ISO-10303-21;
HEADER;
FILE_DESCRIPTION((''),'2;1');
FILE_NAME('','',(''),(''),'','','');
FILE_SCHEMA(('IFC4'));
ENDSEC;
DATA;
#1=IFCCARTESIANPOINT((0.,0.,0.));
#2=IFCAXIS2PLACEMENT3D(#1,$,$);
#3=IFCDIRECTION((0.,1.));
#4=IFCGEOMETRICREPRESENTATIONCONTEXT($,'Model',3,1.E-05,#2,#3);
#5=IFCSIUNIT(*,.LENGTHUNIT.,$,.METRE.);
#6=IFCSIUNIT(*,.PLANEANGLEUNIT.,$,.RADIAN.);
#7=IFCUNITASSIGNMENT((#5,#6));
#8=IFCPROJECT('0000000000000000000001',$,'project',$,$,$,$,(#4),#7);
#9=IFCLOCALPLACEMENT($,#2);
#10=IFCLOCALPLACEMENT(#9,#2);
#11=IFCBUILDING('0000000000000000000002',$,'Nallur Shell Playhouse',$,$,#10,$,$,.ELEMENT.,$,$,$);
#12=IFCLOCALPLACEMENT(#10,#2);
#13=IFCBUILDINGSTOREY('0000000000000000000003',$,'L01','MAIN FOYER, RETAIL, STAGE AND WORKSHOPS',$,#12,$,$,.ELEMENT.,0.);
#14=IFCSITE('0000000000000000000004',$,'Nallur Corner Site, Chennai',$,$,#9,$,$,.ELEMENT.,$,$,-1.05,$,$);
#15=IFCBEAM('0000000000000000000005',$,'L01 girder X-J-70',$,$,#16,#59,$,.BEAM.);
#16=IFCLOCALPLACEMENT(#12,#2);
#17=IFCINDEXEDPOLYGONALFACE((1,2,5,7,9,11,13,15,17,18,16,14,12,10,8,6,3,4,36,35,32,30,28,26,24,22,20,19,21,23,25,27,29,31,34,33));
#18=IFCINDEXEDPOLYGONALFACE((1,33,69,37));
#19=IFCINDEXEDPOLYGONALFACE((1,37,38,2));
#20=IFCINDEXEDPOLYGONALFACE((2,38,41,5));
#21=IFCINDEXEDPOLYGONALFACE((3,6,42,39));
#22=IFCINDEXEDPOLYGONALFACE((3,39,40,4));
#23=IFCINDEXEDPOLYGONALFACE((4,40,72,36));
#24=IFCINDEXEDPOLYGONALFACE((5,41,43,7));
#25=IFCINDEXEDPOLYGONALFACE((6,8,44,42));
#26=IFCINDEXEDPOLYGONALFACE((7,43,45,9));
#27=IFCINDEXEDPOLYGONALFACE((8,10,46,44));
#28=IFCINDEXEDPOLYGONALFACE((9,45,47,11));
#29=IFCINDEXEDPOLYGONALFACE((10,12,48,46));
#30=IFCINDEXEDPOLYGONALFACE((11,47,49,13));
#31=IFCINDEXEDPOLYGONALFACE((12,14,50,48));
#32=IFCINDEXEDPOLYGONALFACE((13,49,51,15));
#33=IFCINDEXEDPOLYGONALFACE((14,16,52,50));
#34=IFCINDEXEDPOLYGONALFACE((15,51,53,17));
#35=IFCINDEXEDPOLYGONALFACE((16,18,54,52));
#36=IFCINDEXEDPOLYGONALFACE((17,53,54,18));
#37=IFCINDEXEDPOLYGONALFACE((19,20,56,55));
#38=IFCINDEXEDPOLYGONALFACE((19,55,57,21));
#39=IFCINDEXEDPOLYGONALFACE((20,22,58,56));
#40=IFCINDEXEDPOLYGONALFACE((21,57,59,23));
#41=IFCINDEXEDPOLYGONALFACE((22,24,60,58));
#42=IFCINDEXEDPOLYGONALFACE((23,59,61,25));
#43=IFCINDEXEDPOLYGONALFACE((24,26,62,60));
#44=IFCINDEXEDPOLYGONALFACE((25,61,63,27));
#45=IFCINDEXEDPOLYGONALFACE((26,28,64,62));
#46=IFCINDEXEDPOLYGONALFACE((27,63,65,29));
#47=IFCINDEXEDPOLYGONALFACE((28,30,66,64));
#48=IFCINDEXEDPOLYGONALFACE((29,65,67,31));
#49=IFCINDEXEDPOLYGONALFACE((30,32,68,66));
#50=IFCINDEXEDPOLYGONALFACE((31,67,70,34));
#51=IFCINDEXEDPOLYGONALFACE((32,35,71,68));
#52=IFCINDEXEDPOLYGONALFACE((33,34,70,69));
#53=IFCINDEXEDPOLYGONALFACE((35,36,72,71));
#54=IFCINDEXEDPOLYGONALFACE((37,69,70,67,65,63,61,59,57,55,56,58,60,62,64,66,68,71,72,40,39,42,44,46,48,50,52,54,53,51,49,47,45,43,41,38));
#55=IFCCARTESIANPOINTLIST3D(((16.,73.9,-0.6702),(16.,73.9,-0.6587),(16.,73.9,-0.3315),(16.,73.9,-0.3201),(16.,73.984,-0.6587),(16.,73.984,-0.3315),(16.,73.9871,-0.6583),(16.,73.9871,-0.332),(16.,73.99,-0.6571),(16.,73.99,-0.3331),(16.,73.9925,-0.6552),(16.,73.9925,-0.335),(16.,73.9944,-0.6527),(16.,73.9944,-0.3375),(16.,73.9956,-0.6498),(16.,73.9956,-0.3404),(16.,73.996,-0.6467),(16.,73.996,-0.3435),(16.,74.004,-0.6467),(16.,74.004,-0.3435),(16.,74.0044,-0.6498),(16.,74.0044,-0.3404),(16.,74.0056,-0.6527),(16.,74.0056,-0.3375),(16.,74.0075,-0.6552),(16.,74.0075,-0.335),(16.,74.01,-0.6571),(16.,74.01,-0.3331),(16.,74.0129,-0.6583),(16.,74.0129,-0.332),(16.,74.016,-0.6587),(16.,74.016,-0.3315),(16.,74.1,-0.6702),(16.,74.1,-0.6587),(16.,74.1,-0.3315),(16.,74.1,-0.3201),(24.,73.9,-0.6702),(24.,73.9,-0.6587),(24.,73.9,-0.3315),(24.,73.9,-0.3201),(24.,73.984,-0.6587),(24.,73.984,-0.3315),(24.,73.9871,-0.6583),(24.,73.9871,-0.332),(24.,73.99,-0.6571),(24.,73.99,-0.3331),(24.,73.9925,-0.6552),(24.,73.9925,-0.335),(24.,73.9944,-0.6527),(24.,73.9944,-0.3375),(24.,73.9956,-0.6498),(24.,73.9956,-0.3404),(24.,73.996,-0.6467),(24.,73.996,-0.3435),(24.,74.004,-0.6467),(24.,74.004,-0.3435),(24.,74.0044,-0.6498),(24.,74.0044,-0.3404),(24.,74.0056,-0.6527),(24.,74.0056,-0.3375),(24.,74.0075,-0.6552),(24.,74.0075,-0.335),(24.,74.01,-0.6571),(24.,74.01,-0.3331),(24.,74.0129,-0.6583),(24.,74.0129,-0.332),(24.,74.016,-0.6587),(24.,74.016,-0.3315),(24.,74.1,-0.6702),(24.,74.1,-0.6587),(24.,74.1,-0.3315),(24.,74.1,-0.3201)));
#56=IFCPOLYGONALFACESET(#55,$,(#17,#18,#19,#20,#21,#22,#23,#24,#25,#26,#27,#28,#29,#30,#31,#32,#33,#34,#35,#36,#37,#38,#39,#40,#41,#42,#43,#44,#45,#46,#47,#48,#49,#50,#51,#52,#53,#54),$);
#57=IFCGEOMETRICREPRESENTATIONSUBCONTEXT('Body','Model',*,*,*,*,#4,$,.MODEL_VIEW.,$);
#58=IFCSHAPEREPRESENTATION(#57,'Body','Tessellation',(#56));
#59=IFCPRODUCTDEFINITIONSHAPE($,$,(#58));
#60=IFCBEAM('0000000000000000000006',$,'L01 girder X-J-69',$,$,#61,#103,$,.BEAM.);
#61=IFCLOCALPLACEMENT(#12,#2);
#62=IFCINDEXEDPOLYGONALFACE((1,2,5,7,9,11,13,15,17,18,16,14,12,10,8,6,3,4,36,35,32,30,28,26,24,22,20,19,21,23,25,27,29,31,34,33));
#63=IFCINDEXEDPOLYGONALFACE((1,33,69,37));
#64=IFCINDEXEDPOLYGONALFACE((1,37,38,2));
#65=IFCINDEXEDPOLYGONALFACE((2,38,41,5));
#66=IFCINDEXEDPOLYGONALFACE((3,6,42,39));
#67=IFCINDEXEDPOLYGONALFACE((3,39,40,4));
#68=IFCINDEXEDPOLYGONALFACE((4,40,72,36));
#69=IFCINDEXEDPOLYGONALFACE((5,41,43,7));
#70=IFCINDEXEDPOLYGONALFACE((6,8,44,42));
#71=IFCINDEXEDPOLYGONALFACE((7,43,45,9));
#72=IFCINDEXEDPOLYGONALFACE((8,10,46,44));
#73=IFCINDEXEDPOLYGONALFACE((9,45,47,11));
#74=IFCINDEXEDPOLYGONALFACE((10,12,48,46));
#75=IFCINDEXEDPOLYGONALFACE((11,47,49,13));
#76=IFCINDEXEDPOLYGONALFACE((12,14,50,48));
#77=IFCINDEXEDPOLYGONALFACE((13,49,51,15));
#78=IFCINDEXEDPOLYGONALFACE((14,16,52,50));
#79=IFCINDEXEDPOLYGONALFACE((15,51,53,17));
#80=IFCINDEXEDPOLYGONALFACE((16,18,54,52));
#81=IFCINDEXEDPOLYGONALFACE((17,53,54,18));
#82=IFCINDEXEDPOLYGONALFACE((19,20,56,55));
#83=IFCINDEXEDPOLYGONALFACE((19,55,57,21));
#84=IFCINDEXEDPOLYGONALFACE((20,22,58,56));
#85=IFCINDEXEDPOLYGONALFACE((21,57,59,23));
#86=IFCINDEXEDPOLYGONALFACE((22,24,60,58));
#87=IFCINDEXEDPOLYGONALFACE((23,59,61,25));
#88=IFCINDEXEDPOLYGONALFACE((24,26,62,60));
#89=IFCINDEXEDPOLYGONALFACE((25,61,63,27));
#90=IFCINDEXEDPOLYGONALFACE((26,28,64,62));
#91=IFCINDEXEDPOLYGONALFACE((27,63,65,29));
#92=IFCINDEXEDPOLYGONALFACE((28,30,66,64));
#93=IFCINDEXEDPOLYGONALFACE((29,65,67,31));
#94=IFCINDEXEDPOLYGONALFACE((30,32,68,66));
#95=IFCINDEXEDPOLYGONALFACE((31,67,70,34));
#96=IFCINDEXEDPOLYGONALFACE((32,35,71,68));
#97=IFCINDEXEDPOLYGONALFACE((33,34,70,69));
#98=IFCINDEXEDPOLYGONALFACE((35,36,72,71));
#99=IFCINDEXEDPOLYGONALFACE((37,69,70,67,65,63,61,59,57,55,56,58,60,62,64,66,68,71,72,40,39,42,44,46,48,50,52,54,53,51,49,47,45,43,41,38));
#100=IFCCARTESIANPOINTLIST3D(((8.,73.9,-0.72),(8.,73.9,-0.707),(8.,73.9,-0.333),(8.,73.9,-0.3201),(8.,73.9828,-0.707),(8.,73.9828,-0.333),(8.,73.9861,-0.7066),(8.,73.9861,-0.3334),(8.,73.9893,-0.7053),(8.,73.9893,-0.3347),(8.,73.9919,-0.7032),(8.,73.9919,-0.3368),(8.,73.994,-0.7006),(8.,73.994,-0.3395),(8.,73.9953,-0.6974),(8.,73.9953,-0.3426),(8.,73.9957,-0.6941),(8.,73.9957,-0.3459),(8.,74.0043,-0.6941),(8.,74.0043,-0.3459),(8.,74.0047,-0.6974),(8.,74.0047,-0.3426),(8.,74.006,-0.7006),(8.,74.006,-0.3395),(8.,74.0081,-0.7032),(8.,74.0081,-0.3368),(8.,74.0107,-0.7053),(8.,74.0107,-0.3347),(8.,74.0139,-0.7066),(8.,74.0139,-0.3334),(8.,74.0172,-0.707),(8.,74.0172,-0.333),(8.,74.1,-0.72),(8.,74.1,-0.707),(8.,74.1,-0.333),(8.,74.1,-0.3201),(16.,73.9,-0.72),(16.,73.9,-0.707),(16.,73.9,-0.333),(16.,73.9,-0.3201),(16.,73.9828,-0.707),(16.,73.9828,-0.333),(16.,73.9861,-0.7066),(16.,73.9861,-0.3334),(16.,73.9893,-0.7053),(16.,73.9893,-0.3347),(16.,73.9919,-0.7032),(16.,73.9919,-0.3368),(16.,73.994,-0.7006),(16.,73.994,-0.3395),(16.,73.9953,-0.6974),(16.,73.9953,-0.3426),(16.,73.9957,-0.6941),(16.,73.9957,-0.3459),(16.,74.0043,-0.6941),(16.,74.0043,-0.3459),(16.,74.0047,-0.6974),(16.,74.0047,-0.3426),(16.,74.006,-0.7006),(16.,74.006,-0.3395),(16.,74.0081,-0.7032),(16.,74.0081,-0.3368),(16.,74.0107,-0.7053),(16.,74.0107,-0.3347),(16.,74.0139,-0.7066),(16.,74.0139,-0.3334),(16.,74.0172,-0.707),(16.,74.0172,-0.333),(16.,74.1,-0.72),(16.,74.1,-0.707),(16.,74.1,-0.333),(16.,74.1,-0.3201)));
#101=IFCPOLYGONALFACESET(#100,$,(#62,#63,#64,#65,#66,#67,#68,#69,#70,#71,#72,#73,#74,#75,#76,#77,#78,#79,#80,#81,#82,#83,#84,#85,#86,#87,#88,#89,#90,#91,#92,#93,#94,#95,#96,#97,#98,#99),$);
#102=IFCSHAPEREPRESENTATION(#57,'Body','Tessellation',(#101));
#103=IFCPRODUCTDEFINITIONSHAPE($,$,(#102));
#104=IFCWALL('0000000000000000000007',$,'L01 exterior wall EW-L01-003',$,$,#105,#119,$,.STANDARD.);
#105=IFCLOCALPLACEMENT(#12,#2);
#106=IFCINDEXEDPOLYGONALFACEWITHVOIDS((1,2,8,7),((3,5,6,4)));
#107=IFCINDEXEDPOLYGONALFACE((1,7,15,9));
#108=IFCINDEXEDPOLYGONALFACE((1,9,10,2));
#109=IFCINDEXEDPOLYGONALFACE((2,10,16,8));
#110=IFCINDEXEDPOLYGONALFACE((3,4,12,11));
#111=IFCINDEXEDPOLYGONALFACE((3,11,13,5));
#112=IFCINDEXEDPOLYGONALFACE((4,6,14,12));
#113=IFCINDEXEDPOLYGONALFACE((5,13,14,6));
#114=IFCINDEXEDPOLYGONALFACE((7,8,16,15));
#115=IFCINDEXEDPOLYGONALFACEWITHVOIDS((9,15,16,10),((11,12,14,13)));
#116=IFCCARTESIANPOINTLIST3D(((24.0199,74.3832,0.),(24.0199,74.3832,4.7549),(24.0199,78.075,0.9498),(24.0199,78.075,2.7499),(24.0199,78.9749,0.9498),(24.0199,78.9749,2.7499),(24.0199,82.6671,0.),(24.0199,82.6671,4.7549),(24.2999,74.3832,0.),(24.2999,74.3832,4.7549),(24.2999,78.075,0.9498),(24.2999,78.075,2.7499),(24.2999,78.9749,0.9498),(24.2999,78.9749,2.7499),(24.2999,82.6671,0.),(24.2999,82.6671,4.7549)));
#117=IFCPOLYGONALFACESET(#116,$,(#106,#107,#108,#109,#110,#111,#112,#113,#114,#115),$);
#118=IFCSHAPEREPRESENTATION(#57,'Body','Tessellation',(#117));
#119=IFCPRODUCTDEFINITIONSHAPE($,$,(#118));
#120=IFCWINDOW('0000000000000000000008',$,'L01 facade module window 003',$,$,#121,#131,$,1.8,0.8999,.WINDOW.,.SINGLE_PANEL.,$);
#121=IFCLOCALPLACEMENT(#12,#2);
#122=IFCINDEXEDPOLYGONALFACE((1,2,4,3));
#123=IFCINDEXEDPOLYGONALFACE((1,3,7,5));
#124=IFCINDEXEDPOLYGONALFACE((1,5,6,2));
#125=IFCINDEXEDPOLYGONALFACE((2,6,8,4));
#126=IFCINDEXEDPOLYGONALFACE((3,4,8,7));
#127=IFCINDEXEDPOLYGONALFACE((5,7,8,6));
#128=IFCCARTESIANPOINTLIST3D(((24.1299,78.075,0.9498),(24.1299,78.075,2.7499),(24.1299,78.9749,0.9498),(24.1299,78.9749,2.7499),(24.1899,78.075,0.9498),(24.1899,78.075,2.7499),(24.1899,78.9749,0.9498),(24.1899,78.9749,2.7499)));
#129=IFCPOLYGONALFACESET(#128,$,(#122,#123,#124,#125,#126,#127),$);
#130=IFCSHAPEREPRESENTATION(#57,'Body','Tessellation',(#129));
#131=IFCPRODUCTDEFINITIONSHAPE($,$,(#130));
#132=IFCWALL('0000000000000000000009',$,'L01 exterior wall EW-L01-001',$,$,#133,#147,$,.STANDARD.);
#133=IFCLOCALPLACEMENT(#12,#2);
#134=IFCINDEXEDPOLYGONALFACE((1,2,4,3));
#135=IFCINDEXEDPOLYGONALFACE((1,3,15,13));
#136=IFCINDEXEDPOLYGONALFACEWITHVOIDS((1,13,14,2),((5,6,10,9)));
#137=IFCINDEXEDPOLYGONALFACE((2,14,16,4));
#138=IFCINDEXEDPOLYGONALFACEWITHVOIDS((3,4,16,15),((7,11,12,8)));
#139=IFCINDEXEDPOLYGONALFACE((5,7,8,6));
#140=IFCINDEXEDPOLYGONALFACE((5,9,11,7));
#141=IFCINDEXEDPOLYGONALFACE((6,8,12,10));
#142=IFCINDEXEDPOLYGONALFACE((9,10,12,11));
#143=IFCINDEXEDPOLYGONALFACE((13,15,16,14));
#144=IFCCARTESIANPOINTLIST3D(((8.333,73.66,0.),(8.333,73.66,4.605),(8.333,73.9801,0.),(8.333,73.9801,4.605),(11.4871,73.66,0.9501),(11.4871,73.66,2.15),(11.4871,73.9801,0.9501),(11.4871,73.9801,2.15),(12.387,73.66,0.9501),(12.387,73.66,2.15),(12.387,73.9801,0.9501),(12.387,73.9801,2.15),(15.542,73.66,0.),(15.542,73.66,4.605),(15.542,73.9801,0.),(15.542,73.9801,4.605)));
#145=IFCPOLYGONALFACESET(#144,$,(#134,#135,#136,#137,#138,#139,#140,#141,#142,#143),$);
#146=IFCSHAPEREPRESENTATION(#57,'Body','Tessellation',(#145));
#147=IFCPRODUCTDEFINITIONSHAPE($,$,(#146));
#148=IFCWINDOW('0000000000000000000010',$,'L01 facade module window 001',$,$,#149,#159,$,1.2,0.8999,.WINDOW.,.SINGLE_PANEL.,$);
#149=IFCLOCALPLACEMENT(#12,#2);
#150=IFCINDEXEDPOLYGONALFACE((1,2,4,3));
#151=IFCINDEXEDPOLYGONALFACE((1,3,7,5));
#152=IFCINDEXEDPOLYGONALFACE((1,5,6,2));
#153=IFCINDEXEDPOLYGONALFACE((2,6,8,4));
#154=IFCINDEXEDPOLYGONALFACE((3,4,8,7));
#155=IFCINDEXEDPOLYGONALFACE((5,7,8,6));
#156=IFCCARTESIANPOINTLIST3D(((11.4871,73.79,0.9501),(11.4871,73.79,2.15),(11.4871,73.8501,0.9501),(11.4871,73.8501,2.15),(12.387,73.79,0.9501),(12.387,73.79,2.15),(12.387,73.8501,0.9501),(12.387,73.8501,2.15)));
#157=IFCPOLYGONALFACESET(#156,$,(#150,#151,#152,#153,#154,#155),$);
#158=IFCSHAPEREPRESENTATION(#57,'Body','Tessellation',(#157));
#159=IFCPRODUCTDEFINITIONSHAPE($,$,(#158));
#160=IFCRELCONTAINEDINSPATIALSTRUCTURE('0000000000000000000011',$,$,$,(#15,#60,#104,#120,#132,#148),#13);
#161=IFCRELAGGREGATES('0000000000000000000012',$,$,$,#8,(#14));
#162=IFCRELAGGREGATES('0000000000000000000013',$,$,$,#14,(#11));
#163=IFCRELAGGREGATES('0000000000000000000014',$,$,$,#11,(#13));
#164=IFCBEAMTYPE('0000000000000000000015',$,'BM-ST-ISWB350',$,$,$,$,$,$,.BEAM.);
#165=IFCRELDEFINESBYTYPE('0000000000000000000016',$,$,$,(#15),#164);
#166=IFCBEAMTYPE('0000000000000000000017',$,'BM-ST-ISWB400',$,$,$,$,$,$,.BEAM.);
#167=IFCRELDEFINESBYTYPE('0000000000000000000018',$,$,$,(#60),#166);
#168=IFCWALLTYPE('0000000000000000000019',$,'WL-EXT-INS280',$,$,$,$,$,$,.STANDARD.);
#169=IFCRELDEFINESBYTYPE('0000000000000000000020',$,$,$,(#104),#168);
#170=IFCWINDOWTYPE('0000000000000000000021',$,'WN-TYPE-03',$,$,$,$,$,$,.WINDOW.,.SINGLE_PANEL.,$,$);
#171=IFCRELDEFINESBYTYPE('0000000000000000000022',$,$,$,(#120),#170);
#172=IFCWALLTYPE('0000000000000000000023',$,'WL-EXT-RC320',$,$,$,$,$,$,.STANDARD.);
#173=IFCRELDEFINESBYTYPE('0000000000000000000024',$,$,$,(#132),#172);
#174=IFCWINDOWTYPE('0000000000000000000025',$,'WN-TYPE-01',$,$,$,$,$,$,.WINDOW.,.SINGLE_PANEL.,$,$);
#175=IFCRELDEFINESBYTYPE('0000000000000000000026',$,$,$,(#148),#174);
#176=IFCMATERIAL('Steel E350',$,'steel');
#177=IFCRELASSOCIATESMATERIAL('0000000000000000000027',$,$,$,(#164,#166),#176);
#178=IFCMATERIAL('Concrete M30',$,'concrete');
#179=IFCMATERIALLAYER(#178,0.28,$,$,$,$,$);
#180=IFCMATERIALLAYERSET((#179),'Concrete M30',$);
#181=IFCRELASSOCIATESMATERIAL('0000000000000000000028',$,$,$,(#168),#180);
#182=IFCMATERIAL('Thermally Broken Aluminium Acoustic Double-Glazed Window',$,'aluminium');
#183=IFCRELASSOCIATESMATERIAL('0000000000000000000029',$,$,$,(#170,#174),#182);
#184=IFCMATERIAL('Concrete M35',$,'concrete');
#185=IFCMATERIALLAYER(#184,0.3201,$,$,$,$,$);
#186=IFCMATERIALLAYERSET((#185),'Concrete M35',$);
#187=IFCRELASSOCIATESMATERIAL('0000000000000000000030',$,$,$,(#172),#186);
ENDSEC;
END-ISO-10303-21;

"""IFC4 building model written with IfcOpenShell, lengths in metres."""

from ifc_helpers import new_model, si_unit, direction, frame, frame_2d, origin, origin_2d, place, context, subcontext, project, spatial, rectangle, i_section, extrude, material, layer, layer_set, material_profile, profile_set, type_object, element, fill, save


model = new_model("IFC4")

# Units and contexts
model_context = context("Model", 3, precision=1e-05, world=origin(), true_north=direction((0.0, 1.0)))
body_context = subcontext(model_context, "Body", "Model", "MODEL_VIEW")
ifc_project = project(units=[si_unit("LENGTHUNIT", "METRE"), si_unit("PLANEANGLEUNIT", "RADIAN")], contexts=[model_context])

# Site, building, storey
site_placement = place(None, origin())
site = spatial("IfcSite", under=ifc_project, at=site_placement, Name="Nallur Corner Site, Chennai", CompositionType="ELEMENT", RefElevation=-1.05)
building_placement = place(site_placement, origin())
building = spatial("IfcBuilding", under=site, at=building_placement, Name="Nallur Shell Playhouse", CompositionType="ELEMENT")
storey_placement = place(building_placement, origin())
storey = spatial("IfcBuildingStorey", under=building, at=storey_placement, Name="L01", Description="MAIN FOYER, RETAIL, STAGE AND WORKSHOPS", CompositionType="ELEMENT", Elevation=0.0)

# Shared definitions
ifc_material_1 = material(Name="Concrete M35", Category="concrete")
ifc_material_2 = material(Name="Steel E350", Category="steel")

# Beams
ifc_material_profile_1 = material_profile(ifc_material_2, i_section(OverallWidth=0.2, OverallDepth=0.3501, WebThickness=0.0081, FlangeThickness=0.0115, FilletRadius=0.012, at=origin_2d()), Name="ISWB 350")
ifc_profile_set_1 = profile_set([ifc_material_profile_1], Name="Steel E350")
beam_type_1 = type_object("IfcBeamType", Name="BM-ST-ISWB350", PredefinedType="BEAM", material=ifc_profile_set_1)
beam_1_placement = place(storey_placement, frame((16.0, 74.0, -0.4951), z_axis=(1.0, 0.0, 0.0), x_axis=(0.0, 1.0, 0.0)))
element("IfcBeam", 1, at=beam_1_placement, inside=storey, type_object=beam_type_1, Name="L01 girder X-J-70", PredefinedType="BEAM", context=body_context, shape_type="SweptSolid", body=[
    extrude(i_section(OverallWidth=0.2, OverallDepth=0.3501, WebThickness=0.0081, FlangeThickness=0.0115, FilletRadius=0.012, at=origin_2d()), origin(), (0.0, 0.0, 1.0), 8.0),
])
ifc_material_profile_2 = material_profile(ifc_material_2, i_section(OverallWidth=0.2, OverallDepth=0.3999, WebThickness=0.0085, FlangeThickness=0.0129, FilletRadius=0.0129, at=origin_2d()), Name="ISWB 400")
ifc_profile_set_2 = profile_set([ifc_material_profile_2], Name="Steel E350")
beam_type_2 = type_object("IfcBeamType", Name="BM-ST-ISWB400", PredefinedType="BEAM", material=ifc_profile_set_2)
beam_2_placement = place(storey_placement, frame((8.0, 74.0, -0.52), z_axis=(1.0, 0.0, 0.0), x_axis=(0.0, 1.0, 0.0)))
element("IfcBeam", 2, at=beam_2_placement, inside=storey, type_object=beam_type_2, Name="L01 girder X-J-69", PredefinedType="BEAM", context=body_context, shape_type="SweptSolid", body=[
    extrude(i_section(OverallWidth=0.2, OverallDepth=0.3999, WebThickness=0.0085, FlangeThickness=0.0129, FilletRadius=0.0129, at=origin_2d()), origin(), (0.0, 0.0, 1.0), 8.0),
])

# Walls, openings, windows
ifc_material_3 = material(Name="Concrete M30", Category="concrete")
ifc_layer_1 = layer(ifc_material_3, 0.28)
ifc_layer_set_1 = layer_set([ifc_layer_1], Name="Concrete M30")
wall_type_1 = type_object("IfcWallType", Name="WL-EXT-INS280", PredefinedType="STANDARD", material=ifc_layer_set_1)
wall_1_placement = place(storey_placement, frame((24.1599, 74.3831, 0.0), z_axis=(0.0, 0.0, 1.0), x_axis=(0.0, 1.0, 0.0)))
wall_1 = element("IfcWall", 3, at=wall_1_placement, inside=storey, type_object=wall_type_1, Name="L01 exterior wall EW-L01-003", PredefinedType="STANDARD", context=body_context, shape_type="SweptSolid", body=[
    extrude(rectangle(XDim=8.2839, YDim=0.28, at=frame_2d((4.1421, 0.0))), origin(), (0.0, 0.0, 1.0), 4.7549),
])
opening_1_placement = place(wall_1_placement, frame((3.6919, 0.0, 0.95)))
opening_1 = element("IfcOpeningElement", 4, at=opening_1_placement, cuts=wall_1, PredefinedType="OPENING", context=body_context, shape_type="SweptSolid", body=[
    extrude(rectangle(XDim=0.8999, YDim=1.8, at=frame_2d((0.45, 0.8999))), frame((0.0, 0.1499, 0.0), z_axis=(0.0, -1.0, 0.0), x_axis=(1.0, 0.0, 0.0)), (0.0, 0.0, 1.0), 0.3),
])
ifc_material_4 = material(Name="Thermally Broken Aluminium Acoustic Double-Glazed Window", Category="aluminium")
window_type_1 = type_object("IfcWindowType", Name="WN-TYPE-03", PartitioningType="SINGLE_PANEL", PredefinedType="WINDOW", material=ifc_material_4)
window_1_placement = place(opening_1_placement, origin())
window_1 = element("IfcWindow", 5, at=window_1_placement, inside=storey, type_object=window_type_1, Name="L01 facade module window 003", OverallHeight=1.8, OverallWidth=0.8999, PartitioningType="SINGLE_PANEL", PredefinedType="WINDOW", context=body_context, shape_type="SweptSolid", body=[
    extrude(rectangle(XDim=0.8999, YDim=1.8, at=frame_2d((0.45, 0.8999))), frame((0.0, 0.03, 0.0), z_axis=(0.0, -1.0, 0.0), x_axis=(1.0, 0.0, 0.0)), (0.0, 0.0, 1.0), 0.0601),
])
fill(opening_1, window_1)
ifc_layer_2 = layer(ifc_material_1, 0.3201)
ifc_layer_set_2 = layer_set([ifc_layer_2], Name="Concrete M35")
wall_type_2 = type_object("IfcWallType", Name="WL-EXT-RC320", PredefinedType="STANDARD", material=ifc_layer_set_2)
wall_2_placement = place(storey_placement, frame((8.333, 73.8201, 0.0), z_axis=(0.0, 0.0, 1.0), x_axis=(1.0, 0.0, 0.0)))
wall_2 = element("IfcWall", 6, at=wall_2_placement, inside=storey, type_object=wall_type_2, Name="L01 exterior wall EW-L01-001", PredefinedType="STANDARD", context=body_context, shape_type="SweptSolid", body=[
    extrude(rectangle(XDim=7.209, YDim=0.3201, at=frame_2d((3.6045, 0.0))), origin(), (0.0, 0.0, 1.0), 4.605),
])
opening_2_placement = place(wall_2_placement, frame((3.1541, 0.0, 0.95)))
opening_2 = element("IfcOpeningElement", 7, at=opening_2_placement, cuts=wall_2, PredefinedType="OPENING", context=body_context, shape_type="SweptSolid", body=[
    extrude(rectangle(XDim=0.8999, YDim=1.2, at=frame_2d((0.45, 0.6001))), frame((0.0, 0.1699, 0.0), z_axis=(0.0, -1.0, 0.0), x_axis=(1.0, 0.0, 0.0)), (0.0, 0.0, 1.0), 0.3401),
])
window_type_2 = type_object("IfcWindowType", Name="WN-TYPE-01", PartitioningType="SINGLE_PANEL", PredefinedType="WINDOW", material=ifc_material_4)
window_2_placement = place(opening_2_placement, origin())
window_2 = element("IfcWindow", 8, at=window_2_placement, inside=storey, type_object=window_type_2, Name="L01 facade module window 001", OverallHeight=1.2, OverallWidth=0.8999, PartitioningType="SINGLE_PANEL", PredefinedType="WINDOW", context=body_context, shape_type="SweptSolid", body=[
    extrude(rectangle(XDim=0.8999, YDim=1.2, at=frame_2d((0.45, 0.6001))), frame((0.0, 0.03, 0.0), z_axis=(0.0, -1.0, 0.0), x_axis=(1.0, 0.0, 0.0)), (0.0, 0.0, 1.0), 0.0601),
])
fill(opening_2, window_2)

save(model, "model.ifc")
